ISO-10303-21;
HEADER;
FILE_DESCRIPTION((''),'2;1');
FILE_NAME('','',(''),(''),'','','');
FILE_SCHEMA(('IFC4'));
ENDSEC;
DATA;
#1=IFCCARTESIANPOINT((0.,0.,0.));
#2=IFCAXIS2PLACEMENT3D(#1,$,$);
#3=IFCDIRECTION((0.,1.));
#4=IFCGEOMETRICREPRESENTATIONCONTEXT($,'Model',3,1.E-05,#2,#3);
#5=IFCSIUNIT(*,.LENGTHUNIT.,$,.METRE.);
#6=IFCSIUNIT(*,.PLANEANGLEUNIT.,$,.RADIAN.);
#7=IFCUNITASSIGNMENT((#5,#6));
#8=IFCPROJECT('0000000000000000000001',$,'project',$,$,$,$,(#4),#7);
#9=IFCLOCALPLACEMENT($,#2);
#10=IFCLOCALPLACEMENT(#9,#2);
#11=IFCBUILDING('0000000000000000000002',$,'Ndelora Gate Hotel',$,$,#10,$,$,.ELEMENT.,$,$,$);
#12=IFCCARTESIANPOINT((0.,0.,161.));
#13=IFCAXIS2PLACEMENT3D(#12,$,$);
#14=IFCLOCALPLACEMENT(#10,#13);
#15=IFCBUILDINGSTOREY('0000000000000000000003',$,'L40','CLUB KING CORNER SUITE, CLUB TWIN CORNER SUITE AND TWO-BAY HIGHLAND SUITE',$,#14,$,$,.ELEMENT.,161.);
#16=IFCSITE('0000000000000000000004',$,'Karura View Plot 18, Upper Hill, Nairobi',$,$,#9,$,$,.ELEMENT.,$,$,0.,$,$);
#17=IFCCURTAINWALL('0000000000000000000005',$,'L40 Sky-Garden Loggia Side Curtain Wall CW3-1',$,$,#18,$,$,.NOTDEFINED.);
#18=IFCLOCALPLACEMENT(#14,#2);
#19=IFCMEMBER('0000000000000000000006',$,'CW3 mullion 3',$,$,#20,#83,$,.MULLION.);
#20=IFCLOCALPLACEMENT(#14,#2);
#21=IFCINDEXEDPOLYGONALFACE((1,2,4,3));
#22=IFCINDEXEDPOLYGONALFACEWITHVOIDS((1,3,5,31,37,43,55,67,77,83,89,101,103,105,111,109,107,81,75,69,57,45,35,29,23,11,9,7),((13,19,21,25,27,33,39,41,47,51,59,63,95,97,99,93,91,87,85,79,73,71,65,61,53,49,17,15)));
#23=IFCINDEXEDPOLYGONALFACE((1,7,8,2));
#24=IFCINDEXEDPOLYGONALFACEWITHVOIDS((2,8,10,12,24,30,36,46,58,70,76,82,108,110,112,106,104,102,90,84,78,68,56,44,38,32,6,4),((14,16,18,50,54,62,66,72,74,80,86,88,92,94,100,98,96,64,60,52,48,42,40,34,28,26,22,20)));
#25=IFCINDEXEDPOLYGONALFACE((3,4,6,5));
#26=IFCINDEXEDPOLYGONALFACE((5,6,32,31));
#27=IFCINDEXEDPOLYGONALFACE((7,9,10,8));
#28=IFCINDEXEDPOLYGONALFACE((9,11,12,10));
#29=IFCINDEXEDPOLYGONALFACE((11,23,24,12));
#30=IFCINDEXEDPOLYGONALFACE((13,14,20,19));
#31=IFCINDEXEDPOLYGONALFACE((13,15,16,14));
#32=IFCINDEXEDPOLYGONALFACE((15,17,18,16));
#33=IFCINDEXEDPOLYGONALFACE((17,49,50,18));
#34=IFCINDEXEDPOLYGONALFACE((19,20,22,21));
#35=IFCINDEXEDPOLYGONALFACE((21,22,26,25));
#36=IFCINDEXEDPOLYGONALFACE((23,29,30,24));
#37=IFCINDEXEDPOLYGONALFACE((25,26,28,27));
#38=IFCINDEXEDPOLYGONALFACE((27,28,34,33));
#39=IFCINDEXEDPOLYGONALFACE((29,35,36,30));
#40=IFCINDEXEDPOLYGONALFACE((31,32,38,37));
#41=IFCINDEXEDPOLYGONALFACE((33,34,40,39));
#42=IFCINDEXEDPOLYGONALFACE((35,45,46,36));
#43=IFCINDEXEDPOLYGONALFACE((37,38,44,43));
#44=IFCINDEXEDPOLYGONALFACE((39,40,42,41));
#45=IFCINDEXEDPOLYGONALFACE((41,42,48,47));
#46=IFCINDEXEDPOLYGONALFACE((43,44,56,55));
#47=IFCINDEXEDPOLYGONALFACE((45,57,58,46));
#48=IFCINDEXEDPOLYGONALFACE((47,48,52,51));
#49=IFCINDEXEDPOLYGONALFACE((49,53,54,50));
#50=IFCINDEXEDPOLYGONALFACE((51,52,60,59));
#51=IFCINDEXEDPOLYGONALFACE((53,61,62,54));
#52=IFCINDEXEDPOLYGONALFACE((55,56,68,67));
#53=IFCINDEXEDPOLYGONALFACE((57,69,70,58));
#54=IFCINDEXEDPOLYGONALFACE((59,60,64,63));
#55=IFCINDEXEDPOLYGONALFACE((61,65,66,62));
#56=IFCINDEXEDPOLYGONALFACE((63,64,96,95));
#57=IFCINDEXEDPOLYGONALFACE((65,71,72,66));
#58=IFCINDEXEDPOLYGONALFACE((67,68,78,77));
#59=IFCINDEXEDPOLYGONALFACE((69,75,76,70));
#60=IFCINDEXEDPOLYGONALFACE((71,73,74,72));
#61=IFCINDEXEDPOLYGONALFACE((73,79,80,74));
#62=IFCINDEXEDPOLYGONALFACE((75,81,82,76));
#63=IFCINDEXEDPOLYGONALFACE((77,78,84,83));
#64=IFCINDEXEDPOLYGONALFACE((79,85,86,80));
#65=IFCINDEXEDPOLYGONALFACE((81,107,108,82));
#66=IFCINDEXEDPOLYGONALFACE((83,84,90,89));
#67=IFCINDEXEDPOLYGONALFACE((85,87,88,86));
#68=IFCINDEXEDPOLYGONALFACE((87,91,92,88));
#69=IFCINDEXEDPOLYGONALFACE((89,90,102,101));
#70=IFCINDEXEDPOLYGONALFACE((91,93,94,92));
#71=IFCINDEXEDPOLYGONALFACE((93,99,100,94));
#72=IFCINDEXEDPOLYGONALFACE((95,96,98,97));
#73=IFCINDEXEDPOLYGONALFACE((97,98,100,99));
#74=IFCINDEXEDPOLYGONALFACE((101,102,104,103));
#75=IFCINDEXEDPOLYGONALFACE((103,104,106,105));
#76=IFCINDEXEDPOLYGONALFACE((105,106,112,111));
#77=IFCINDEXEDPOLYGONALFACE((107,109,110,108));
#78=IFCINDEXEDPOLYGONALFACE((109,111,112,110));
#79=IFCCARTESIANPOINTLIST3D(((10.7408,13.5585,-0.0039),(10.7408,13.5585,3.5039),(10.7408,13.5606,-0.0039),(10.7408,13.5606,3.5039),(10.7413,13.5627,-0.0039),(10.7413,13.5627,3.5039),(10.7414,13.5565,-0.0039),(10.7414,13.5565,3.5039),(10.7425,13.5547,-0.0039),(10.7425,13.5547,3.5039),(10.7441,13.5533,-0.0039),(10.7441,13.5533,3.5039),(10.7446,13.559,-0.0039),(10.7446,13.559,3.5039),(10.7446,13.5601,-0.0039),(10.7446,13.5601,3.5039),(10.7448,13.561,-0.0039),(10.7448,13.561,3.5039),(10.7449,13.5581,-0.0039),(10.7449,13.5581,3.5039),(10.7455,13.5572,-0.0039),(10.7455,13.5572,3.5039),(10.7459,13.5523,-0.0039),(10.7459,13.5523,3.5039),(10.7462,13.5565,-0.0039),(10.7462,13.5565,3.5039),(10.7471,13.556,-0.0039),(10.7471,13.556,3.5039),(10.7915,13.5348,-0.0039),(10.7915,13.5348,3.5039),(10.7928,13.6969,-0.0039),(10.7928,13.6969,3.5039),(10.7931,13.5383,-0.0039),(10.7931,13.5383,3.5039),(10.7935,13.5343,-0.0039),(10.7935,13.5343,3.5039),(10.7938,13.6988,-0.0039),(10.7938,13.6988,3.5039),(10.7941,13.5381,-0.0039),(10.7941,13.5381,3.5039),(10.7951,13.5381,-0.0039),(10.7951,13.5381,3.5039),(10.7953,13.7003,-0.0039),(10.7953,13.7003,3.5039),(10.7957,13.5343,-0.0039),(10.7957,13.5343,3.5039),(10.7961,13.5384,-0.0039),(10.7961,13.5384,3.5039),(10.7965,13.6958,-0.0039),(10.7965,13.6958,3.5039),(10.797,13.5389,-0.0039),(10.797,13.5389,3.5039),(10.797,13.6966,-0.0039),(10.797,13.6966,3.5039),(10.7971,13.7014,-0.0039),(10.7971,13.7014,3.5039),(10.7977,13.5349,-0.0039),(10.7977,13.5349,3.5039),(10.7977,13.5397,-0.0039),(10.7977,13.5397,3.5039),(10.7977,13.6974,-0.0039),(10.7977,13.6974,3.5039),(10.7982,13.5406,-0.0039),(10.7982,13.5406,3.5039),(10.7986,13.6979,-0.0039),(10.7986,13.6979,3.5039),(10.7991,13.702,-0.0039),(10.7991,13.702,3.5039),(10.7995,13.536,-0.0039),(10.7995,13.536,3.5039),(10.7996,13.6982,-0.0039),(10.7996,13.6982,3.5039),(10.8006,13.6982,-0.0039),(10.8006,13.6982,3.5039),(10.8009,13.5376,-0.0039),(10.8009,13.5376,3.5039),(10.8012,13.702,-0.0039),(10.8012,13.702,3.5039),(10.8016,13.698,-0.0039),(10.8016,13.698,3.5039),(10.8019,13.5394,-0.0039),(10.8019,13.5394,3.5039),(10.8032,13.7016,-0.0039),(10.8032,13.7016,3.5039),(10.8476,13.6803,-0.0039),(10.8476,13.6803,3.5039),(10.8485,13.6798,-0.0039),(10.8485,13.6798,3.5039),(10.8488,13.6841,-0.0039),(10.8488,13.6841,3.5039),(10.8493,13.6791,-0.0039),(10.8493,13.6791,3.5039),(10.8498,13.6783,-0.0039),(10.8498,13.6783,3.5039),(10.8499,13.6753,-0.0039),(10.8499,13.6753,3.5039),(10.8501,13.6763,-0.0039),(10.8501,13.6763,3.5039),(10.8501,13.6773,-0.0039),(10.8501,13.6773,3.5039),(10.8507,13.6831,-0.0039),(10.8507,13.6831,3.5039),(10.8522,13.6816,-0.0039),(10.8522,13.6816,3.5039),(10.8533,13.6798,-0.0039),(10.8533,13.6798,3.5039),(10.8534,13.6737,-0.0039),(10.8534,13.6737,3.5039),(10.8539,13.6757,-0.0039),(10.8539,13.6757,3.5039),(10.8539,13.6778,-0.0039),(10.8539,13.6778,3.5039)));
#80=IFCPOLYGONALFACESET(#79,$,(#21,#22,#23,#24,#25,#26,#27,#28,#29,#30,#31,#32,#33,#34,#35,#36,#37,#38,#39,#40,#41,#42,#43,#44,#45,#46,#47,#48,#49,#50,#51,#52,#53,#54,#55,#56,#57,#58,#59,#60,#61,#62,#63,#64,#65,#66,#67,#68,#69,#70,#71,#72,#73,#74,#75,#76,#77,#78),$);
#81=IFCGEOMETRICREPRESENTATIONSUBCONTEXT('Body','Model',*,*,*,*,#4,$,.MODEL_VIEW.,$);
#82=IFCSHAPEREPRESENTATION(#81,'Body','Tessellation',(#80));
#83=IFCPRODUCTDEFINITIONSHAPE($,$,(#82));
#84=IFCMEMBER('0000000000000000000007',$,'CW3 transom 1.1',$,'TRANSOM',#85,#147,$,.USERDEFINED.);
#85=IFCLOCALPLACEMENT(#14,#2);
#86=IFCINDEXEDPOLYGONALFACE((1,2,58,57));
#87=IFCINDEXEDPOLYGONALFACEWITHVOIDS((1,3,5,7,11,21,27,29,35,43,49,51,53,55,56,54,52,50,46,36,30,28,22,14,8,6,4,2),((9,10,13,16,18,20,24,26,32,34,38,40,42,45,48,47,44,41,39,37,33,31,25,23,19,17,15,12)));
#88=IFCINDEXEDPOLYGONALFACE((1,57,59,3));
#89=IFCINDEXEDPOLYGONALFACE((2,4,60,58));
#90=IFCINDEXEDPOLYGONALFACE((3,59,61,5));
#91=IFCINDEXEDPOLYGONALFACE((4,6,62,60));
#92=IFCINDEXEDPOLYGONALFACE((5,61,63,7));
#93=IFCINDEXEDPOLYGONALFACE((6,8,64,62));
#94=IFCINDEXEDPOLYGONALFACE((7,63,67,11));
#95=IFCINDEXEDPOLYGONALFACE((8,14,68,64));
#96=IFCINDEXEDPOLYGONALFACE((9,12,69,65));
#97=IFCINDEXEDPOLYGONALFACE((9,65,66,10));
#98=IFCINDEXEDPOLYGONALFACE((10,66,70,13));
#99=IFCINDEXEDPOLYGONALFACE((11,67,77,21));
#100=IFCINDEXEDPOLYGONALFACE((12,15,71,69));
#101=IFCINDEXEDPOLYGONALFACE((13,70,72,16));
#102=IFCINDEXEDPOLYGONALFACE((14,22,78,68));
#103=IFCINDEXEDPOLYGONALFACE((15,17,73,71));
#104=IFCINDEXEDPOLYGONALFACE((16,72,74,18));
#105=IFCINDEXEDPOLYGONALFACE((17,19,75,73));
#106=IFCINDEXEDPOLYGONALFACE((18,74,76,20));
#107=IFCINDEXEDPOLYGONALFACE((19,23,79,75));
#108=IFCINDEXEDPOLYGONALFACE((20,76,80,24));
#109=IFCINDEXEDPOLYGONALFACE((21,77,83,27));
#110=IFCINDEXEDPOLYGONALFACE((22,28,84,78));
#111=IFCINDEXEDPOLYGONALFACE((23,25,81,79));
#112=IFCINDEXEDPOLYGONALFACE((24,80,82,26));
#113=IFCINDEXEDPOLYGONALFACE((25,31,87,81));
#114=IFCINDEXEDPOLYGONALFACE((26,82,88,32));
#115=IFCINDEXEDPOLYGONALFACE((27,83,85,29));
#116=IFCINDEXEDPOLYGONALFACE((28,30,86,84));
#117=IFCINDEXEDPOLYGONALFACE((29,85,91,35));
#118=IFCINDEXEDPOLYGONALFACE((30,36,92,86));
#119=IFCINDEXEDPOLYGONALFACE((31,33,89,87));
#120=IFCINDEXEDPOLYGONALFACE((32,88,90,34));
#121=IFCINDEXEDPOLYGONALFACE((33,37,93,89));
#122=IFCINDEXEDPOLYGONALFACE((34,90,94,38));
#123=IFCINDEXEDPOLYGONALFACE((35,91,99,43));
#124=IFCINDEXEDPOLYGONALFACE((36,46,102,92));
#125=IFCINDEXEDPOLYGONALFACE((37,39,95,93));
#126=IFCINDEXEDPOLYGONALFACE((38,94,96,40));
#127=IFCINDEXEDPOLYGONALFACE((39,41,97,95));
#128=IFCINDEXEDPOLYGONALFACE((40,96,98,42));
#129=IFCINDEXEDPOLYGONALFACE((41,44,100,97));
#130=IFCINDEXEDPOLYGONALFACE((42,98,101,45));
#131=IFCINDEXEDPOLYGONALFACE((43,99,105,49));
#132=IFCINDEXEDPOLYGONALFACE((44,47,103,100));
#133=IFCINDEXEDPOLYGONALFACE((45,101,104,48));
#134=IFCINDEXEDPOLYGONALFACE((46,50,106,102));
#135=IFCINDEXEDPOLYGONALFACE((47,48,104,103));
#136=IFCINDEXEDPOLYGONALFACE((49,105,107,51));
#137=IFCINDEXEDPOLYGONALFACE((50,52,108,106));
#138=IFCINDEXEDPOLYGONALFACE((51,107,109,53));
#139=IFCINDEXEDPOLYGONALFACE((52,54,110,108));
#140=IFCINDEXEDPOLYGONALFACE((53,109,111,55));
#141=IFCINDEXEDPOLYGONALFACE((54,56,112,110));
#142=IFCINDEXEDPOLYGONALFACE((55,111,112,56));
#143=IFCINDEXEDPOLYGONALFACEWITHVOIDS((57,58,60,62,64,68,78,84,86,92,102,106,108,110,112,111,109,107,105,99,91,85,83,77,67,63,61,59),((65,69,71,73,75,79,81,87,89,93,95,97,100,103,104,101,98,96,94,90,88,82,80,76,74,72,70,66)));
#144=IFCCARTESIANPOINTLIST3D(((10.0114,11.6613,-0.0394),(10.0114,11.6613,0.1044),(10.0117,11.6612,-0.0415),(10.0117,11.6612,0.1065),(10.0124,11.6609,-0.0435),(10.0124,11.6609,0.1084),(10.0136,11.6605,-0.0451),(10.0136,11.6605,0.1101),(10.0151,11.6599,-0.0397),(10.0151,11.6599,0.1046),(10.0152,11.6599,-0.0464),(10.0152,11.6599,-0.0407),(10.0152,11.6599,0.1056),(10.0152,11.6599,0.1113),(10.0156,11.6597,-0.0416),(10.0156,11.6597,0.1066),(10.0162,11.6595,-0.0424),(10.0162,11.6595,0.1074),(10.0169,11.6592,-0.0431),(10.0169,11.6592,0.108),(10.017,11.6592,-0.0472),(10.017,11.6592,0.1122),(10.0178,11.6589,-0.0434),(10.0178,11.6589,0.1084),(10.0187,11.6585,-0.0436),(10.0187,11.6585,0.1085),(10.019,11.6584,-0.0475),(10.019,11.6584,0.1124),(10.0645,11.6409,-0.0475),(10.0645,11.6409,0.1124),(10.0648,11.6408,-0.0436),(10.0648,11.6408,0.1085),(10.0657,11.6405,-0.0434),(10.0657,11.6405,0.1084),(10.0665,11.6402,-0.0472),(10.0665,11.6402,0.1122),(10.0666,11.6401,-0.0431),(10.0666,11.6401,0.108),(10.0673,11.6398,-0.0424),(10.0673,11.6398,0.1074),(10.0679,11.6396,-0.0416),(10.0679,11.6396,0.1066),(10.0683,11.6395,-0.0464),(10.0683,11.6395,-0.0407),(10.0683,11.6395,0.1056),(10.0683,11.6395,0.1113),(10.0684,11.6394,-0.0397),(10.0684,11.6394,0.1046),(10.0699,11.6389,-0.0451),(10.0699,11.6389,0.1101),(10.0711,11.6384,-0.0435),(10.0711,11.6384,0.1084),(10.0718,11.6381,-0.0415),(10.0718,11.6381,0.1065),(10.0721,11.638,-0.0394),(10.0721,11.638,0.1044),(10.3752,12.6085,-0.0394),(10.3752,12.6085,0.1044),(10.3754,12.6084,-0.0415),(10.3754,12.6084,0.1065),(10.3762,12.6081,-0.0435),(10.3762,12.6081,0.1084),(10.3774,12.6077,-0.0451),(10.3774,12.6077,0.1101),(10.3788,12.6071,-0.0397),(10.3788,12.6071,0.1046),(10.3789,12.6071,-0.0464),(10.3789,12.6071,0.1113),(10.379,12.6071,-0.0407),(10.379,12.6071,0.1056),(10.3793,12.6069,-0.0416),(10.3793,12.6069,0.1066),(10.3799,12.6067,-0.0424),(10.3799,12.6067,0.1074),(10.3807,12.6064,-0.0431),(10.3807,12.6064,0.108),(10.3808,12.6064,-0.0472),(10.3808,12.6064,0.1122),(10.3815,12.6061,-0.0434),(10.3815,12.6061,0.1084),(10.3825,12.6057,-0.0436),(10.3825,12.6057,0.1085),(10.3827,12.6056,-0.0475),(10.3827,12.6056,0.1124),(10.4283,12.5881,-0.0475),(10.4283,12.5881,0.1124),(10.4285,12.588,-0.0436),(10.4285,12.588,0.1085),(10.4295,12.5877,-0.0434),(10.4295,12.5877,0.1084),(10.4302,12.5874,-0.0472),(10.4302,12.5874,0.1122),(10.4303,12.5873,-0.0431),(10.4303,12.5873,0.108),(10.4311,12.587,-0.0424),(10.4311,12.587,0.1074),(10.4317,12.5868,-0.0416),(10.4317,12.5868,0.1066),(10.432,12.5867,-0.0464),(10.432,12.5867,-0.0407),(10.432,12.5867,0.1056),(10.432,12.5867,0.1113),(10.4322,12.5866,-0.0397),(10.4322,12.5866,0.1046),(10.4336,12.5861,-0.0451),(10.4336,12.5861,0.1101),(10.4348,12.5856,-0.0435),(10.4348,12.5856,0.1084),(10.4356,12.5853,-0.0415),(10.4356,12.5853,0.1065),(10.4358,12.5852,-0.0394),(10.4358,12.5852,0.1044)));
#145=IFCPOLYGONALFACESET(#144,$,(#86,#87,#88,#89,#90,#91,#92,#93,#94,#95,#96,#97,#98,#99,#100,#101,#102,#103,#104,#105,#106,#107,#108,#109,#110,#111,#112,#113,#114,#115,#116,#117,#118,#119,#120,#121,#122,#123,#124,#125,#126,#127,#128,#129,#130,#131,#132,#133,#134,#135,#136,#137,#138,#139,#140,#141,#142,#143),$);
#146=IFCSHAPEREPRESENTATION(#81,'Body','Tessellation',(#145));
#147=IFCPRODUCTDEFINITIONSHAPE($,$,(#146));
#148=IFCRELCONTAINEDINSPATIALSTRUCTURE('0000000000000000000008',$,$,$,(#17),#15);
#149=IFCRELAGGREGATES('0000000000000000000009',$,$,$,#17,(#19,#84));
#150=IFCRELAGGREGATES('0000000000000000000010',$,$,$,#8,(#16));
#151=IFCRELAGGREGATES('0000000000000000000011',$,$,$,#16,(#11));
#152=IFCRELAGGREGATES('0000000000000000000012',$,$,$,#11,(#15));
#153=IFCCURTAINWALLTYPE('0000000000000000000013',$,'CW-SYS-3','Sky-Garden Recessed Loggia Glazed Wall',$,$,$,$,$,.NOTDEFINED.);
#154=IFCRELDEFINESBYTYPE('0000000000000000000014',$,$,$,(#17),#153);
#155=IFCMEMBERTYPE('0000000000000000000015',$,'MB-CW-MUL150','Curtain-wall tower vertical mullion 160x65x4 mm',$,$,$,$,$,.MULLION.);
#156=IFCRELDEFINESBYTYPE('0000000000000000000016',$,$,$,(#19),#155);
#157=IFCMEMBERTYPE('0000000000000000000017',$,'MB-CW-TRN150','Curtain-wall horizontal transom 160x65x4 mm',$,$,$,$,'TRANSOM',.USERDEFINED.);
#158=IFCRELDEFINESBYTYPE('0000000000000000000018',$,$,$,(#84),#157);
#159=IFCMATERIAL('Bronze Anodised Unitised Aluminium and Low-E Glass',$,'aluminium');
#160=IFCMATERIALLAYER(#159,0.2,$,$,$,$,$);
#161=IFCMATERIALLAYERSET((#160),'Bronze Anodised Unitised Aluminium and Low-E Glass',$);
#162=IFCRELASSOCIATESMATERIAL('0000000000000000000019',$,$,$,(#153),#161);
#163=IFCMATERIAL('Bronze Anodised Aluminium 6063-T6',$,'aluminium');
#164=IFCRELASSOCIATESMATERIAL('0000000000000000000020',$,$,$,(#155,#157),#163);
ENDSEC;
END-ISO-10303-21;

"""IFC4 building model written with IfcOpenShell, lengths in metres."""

from ifc_helpers import new_model, si_unit, direction, frame, origin, origin_2d, place, context, subcontext, project, spatial, hollow_rectangle, extrude, material, layer, layer_set, material_profile, profile_set, type_object, element, aggregate, save


model = new_model("IFC4")

# Units and contexts
model_context = context("Model", 3, precision=1e-05, world=origin(), true_north=direction((0.0, 1.0)))
body_context = subcontext(model_context, "Body", "Model", "MODEL_VIEW")
ifc_project = project(units=[si_unit("LENGTHUNIT", "METRE"), si_unit("PLANEANGLEUNIT", "RADIAN")], contexts=[model_context])

# Site, building, storey
site_placement = place(None, origin())
site = spatial("IfcSite", under=ifc_project, at=site_placement, Name="Karura View Plot 18, Upper Hill, Nairobi", CompositionType="ELEMENT", RefElevation=0.0)
building_placement = place(site_placement, origin())
building = spatial("IfcBuilding", under=site, at=building_placement, Name="Ndelora Gate Hotel", CompositionType="ELEMENT")
storey_placement = place(building_placement, frame((0.0, 0.0, 161.0)))
storey = spatial("IfcBuildingStorey", under=building, at=storey_placement, Name="L40", Description="CLUB KING CORNER SUITE, CLUB TWIN CORNER SUITE AND TWO-BAY HIGHLAND SUITE", CompositionType="ELEMENT", Elevation=161.0)

# Curtain wall, members
ifc_material_1 = material(Name="Bronze Anodised Unitised Aluminium and Low-E Glass", Category="aluminium")
ifc_layer_1 = layer(ifc_material_1, 0.2)
ifc_layer_set_1 = layer_set([ifc_layer_1], Name="Bronze Anodised Unitised Aluminium and Low-E Glass")
curtain_wall_type = type_object("IfcCurtainWallType", Name="CW-SYS-3", Description="Sky-Garden Recessed Loggia Glazed Wall", PredefinedType="NOTDEFINED", material=ifc_layer_set_1)
curtain_wall_placement = place(storey_placement, origin())
curtain_wall = element("IfcCurtainWall", 1, at=curtain_wall_placement, inside=storey, type_object=curtain_wall_type, Name="L40 Sky-Garden Loggia Side Curtain Wall CW3-1", PredefinedType="NOTDEFINED")
ifc_material_2 = material(Name="Bronze Anodised Aluminium 6063-T6", Category="aluminium")
ifc_material_profile_1 = material_profile(ifc_material_2, hollow_rectangle(XDim=0.0649, YDim=0.1599, WallThickness=0.0039, InnerFilletRadius=0.0039, OuterFilletRadius=0.0081, at=origin_2d()), Name="ALU 160x65x4")
ifc_profile_set_1 = profile_set([ifc_material_profile_1], Name="Bronze Anodised Aluminium 6063-T6")
member_type_1 = type_object("IfcMemberType", Name="MB-CW-MUL150", Description="Curtain-wall tower vertical mullion 160x65x4 mm", PredefinedType="MULLION", material=ifc_profile_set_1)
member_1_placement = place(storey_placement, frame((10.7974, 13.6182, -0.0039), z_axis=(0.0, 0.0, 1.0), x_axis=(-0.933583, 0.358361, 0.0)))
member_1 = element("IfcMember", 2, at=member_1_placement, type_object=member_type_1, Name="CW3 mullion 3", PredefinedType="MULLION", context=body_context, shape_type="SweptSolid", body=[
    extrude(hollow_rectangle(XDim=0.0649, YDim=0.1599, WallThickness=0.0039, InnerFilletRadius=0.0039, OuterFilletRadius=0.0081, at=origin_2d()), origin(), (0.0, 0.0, 1.0), 3.5078),
])
ifc_material_profile_2 = material_profile(ifc_material_2, hollow_rectangle(XDim=0.0649, YDim=0.1599, WallThickness=0.0039, InnerFilletRadius=0.0039, OuterFilletRadius=0.0081, at=origin_2d()), Name="ALU 160x65x4")
ifc_profile_set_2 = profile_set([ifc_material_profile_2], Name="Bronze Anodised Aluminium 6063-T6")
member_type_2 = type_object("IfcMemberType", Name="MB-CW-TRN150", Description="Curtain-wall horizontal transom 160x65x4 mm", ElementType="TRANSOM", PredefinedType="USERDEFINED", material=ifc_profile_set_2)
member_2_placement = place(storey_placement, frame((10.0417, 11.6497, 0.0325), z_axis=(0.358495, 0.933532, 0.0), x_axis=(-0.933532, 0.358495, 0.0)))
member_2 = element("IfcMember", 3, at=member_2_placement, type_object=member_type_2, Name="CW3 transom 1.1", ObjectType="TRANSOM", PredefinedType="USERDEFINED", context=body_context, shape_type="SweptSolid", body=[
    extrude(hollow_rectangle(XDim=0.0649, YDim=0.1599, WallThickness=0.0039, InnerFilletRadius=0.0039, OuterFilletRadius=0.0081, at=origin_2d()), origin(), (0.0, 0.0, 1.0), 1.0146),
])
aggregate(curtain_wall, [member_1, member_2])

save(model, "model.ifc")
